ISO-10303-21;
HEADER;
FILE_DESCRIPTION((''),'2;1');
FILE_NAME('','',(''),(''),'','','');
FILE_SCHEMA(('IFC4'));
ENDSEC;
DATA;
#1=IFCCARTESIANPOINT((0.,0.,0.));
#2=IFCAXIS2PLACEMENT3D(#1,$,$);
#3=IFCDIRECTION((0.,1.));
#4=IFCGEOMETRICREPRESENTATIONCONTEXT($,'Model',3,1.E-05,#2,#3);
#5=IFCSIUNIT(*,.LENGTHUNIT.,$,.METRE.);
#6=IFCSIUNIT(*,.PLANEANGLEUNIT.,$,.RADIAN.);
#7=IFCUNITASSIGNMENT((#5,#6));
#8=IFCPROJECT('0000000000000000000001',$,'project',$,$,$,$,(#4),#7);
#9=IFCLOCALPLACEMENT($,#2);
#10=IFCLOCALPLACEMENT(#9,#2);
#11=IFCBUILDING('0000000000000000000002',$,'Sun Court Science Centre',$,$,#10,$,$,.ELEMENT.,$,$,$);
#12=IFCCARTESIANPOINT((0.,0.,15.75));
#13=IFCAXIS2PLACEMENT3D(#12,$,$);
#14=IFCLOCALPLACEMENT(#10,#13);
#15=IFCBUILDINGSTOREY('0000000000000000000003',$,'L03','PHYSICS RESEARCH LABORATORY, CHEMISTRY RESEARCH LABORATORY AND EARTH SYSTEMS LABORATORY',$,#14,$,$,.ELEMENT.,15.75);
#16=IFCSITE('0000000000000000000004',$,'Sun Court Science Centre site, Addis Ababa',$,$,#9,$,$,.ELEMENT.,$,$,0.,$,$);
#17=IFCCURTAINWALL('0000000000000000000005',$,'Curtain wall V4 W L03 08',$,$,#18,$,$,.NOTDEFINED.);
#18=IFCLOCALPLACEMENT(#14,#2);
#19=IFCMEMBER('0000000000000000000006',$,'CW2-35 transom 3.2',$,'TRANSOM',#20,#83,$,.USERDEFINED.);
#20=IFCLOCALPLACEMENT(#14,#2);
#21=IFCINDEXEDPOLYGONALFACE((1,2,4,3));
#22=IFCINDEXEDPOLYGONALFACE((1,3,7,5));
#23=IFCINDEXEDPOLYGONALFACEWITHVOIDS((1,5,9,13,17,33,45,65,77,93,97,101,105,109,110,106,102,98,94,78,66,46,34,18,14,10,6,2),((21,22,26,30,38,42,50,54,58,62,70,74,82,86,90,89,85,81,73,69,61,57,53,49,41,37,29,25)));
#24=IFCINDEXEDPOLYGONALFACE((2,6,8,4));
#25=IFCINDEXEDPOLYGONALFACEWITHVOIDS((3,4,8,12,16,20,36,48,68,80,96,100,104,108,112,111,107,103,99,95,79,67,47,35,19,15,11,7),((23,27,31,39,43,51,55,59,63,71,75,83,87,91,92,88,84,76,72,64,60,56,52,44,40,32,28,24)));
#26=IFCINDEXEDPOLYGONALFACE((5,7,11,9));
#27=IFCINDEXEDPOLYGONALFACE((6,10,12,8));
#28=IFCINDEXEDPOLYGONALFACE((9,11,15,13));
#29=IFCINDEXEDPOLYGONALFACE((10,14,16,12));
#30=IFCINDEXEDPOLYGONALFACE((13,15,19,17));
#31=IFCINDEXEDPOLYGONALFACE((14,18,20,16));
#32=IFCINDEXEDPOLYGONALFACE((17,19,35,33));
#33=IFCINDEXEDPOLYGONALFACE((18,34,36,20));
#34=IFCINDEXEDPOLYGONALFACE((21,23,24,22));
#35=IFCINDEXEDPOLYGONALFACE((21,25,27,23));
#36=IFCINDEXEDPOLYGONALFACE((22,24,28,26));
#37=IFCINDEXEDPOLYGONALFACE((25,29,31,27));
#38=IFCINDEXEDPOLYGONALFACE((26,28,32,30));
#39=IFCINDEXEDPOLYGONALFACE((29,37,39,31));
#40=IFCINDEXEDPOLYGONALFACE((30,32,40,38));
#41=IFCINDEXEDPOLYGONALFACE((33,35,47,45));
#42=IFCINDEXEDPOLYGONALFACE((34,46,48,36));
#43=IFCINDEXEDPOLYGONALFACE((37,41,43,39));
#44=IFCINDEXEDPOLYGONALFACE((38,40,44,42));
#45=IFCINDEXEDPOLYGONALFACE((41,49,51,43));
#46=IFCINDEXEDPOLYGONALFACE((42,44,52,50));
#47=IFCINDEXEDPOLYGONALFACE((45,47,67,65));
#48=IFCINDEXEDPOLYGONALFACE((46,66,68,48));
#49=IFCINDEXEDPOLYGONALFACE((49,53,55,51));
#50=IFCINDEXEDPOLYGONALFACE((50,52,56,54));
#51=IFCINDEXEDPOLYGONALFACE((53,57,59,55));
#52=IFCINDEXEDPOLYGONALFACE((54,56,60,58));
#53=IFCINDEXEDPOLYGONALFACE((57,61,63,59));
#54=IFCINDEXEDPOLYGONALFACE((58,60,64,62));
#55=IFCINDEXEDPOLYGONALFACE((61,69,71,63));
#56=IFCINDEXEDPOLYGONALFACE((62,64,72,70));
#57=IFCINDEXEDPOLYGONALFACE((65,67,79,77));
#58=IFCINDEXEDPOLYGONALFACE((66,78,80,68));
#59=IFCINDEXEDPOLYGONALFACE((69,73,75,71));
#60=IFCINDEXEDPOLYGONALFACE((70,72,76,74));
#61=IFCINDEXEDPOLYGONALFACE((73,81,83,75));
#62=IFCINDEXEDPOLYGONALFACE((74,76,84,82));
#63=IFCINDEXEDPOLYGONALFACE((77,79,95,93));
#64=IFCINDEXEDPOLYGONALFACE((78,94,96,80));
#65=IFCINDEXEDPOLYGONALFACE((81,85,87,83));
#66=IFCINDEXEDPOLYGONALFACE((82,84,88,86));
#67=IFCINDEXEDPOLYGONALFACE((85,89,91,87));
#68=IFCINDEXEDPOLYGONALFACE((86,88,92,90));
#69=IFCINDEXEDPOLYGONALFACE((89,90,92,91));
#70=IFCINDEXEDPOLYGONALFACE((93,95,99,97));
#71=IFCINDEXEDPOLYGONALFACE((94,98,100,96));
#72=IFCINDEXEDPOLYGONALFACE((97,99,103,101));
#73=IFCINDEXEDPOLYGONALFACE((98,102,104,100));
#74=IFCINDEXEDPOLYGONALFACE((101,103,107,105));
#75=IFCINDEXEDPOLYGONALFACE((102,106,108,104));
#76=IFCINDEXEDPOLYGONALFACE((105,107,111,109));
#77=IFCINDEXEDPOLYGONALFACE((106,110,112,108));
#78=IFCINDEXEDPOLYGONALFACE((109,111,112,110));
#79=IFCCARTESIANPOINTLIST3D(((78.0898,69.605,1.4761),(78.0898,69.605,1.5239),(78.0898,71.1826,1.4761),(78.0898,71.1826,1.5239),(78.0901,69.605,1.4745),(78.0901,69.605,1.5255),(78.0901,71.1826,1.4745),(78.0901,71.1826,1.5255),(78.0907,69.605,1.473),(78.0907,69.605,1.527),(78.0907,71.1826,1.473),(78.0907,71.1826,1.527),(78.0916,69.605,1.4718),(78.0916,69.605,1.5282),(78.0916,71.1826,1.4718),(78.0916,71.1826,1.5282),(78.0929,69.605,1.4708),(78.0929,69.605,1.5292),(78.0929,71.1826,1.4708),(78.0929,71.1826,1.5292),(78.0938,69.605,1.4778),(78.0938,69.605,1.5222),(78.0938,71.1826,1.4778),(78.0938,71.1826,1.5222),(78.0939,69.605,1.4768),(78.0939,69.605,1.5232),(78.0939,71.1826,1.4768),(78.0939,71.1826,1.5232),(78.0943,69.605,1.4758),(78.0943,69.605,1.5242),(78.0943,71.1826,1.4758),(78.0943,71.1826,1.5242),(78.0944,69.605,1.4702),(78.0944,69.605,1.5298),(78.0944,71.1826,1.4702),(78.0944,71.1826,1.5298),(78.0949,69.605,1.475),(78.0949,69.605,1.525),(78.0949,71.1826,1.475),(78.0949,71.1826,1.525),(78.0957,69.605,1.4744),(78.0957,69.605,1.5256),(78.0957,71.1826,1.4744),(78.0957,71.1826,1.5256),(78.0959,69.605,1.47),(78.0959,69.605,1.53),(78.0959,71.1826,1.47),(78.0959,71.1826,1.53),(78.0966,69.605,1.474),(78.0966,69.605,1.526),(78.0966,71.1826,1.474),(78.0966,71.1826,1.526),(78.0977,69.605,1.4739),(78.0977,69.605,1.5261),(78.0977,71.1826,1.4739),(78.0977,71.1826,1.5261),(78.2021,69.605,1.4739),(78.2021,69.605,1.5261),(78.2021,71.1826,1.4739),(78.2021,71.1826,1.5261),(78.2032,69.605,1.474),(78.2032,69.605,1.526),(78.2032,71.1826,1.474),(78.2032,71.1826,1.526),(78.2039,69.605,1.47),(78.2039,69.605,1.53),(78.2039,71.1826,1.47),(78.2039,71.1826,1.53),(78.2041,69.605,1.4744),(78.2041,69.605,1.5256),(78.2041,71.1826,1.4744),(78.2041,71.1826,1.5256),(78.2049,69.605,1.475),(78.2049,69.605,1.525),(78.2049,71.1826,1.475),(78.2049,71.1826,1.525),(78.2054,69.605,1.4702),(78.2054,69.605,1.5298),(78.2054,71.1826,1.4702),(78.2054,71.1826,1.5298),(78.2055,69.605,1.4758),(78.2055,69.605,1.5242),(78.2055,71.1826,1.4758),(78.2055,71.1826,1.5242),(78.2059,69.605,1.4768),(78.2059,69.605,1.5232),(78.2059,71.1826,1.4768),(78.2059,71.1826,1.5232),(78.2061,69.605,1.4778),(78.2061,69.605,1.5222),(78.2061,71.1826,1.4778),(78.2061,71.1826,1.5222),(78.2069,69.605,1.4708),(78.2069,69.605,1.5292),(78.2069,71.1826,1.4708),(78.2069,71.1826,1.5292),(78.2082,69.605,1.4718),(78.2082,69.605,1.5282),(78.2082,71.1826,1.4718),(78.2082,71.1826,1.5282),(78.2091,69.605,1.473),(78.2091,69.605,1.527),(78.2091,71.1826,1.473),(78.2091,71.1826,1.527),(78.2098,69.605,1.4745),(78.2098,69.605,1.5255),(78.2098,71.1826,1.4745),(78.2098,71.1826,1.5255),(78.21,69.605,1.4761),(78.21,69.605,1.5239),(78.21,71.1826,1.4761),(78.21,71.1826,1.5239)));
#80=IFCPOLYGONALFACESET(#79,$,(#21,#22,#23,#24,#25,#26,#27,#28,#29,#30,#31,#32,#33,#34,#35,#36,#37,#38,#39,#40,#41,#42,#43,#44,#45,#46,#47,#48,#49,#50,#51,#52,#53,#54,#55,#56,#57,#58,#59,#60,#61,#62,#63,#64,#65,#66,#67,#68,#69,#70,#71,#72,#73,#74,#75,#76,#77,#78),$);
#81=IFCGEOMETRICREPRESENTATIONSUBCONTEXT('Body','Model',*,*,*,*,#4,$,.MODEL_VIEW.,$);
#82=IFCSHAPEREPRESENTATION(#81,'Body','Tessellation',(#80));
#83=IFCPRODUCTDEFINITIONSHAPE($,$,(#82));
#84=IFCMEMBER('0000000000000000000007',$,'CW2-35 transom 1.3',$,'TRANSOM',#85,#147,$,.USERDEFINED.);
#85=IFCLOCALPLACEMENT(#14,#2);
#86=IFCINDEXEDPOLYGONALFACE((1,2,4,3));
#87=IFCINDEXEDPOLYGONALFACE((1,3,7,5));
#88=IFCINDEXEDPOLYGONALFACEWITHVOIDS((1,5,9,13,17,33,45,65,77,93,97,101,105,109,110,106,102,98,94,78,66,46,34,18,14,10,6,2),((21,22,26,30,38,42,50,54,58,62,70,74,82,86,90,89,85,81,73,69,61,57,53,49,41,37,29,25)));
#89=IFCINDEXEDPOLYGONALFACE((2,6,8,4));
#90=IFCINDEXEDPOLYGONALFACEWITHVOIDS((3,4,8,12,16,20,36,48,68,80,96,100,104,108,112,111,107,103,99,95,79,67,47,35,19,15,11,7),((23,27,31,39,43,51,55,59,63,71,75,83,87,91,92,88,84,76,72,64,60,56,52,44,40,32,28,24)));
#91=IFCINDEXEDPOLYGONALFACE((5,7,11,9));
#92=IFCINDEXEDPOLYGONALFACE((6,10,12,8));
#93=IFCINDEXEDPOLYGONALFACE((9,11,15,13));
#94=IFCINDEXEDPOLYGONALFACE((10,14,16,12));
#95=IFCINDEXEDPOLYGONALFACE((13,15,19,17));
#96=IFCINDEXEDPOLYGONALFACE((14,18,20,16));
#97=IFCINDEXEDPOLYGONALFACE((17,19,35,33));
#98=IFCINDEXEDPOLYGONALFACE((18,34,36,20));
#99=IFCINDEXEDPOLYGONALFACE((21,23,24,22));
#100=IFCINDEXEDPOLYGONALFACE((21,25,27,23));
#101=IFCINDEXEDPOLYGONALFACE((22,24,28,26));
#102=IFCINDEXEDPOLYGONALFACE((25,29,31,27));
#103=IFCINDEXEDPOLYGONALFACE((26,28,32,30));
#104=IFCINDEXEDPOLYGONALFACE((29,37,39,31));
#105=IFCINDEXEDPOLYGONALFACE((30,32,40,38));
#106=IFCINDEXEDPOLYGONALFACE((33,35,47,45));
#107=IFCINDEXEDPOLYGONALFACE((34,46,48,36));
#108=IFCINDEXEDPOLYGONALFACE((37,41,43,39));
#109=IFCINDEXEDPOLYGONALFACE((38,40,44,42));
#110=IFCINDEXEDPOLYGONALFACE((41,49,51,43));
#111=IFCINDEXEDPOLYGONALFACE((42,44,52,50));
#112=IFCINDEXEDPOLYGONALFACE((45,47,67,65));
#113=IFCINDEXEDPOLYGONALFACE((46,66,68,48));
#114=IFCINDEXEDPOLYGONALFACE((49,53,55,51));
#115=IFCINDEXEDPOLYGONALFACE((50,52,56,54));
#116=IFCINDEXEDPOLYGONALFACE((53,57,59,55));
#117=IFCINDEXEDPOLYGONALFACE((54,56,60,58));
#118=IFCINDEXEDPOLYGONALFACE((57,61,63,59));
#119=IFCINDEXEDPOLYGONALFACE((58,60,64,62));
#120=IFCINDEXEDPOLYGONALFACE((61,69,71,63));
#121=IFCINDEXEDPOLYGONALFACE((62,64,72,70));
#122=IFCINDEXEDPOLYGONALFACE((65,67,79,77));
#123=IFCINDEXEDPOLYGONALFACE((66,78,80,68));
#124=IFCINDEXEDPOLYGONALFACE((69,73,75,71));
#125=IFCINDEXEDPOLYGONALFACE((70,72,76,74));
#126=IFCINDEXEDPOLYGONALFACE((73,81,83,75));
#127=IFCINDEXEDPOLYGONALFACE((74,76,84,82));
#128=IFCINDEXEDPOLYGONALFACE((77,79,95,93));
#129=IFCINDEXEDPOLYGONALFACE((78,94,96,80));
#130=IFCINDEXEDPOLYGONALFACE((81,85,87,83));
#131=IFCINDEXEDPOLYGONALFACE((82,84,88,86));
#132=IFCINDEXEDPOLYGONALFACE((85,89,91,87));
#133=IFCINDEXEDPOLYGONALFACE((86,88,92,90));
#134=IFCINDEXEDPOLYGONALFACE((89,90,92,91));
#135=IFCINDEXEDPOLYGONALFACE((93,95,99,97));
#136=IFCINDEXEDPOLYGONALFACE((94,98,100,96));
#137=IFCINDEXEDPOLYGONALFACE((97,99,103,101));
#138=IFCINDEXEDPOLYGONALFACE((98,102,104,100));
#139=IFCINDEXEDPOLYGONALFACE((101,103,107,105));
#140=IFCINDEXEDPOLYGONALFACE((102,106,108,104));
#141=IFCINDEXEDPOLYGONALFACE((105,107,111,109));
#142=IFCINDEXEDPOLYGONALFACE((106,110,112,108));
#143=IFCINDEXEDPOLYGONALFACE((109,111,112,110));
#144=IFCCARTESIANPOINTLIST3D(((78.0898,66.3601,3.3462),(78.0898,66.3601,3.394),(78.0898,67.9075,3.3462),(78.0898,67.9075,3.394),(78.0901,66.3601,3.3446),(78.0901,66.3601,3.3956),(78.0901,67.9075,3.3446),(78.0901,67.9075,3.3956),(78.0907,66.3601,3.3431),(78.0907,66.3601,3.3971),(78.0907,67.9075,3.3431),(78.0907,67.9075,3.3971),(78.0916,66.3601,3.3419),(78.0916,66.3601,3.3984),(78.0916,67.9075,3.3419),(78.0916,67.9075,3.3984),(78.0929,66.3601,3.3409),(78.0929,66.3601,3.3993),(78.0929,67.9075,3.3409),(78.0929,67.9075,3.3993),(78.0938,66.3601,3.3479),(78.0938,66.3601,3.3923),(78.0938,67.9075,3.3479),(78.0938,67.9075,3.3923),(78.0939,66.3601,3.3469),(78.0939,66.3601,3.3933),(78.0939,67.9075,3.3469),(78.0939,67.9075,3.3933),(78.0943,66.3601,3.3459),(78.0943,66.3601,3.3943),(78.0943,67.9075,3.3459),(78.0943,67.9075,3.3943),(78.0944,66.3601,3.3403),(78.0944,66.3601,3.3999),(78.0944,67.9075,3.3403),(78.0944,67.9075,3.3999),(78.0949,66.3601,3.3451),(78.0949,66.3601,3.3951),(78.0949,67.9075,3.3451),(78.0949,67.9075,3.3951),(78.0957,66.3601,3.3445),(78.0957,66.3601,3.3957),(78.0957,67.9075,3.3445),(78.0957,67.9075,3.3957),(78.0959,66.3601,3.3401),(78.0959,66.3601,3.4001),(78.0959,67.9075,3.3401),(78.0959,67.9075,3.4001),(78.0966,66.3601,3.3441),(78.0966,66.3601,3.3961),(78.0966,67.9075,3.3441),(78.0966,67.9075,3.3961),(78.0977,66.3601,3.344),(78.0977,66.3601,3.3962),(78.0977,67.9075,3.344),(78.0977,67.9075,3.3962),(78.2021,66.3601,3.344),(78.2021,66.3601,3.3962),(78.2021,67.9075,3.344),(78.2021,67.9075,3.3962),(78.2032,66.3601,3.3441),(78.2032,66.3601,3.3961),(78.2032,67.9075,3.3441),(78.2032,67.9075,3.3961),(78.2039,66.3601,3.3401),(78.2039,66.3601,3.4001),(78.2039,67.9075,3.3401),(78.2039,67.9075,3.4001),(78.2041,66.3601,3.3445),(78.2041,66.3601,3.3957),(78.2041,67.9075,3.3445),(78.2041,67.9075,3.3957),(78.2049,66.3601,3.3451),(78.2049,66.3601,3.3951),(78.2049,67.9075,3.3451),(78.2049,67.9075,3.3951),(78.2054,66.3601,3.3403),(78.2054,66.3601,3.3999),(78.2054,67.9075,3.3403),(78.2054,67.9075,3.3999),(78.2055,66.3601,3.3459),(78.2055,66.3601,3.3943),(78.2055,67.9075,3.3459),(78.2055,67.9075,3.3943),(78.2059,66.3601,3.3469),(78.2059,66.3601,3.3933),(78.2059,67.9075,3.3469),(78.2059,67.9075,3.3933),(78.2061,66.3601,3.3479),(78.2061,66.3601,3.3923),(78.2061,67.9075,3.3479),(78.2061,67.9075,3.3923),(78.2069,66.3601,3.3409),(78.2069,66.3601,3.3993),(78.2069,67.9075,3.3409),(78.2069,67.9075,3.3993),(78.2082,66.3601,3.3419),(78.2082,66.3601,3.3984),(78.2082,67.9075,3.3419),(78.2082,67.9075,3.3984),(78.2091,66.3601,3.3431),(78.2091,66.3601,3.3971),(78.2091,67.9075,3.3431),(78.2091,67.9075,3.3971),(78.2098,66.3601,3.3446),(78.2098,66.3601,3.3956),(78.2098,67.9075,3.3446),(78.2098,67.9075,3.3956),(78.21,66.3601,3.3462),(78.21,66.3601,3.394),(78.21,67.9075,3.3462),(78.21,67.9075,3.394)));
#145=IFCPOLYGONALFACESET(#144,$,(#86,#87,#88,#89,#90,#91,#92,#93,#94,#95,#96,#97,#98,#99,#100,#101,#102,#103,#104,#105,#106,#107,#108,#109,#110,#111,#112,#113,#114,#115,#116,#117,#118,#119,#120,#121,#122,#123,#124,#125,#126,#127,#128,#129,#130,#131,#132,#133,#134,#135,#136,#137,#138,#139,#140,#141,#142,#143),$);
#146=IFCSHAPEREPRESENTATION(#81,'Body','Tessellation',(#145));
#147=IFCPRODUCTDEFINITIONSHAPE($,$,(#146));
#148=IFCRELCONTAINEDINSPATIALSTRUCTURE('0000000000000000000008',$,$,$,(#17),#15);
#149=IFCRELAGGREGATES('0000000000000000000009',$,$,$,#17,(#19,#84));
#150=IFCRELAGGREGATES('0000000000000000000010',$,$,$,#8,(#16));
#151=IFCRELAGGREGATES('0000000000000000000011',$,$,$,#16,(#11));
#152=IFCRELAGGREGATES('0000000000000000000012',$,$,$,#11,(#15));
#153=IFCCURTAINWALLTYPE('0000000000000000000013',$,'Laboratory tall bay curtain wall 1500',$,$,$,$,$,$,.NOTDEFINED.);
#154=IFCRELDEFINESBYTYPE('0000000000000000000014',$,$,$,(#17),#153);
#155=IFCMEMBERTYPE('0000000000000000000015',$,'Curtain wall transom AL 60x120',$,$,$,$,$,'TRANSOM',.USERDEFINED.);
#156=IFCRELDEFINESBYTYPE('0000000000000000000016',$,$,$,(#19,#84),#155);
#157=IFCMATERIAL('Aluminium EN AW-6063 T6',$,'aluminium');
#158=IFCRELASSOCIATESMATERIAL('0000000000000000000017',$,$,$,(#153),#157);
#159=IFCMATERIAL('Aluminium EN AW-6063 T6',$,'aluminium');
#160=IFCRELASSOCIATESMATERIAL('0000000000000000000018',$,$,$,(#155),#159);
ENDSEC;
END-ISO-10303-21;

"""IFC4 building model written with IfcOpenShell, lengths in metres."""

from ifc_helpers import new_model, si_unit, direction, frame, origin, origin_2d, place, context, subcontext, project, spatial, hollow_rectangle, extrude, material, material_profile, profile_set, type_object, element, aggregate, save


model = new_model("IFC4")

# Units and contexts
model_context = context("Model", 3, precision=1e-05, world=origin(), true_north=direction((0.0, 1.0)))
body_context = subcontext(model_context, "Body", "Model", "MODEL_VIEW")
ifc_project = project(units=[si_unit("LENGTHUNIT", "METRE"), si_unit("PLANEANGLEUNIT", "RADIAN")], contexts=[model_context])

# Site, building, storey
site_placement = place(None, origin())
site = spatial("IfcSite", under=ifc_project, at=site_placement, Name="Sun Court Science Centre site, Addis Ababa", CompositionType="ELEMENT", RefElevation=0.0)
building_placement = place(site_placement, origin())
building = spatial("IfcBuilding", under=site, at=building_placement, Name="Sun Court Science Centre", CompositionType="ELEMENT")
storey_placement = place(building_placement, frame((0.0, 0.0, 15.75)))
storey = spatial("IfcBuildingStorey", under=building, at=storey_placement, Name="L03", Description="PHYSICS RESEARCH LABORATORY, CHEMISTRY RESEARCH LABORATORY AND EARTH SYSTEMS LABORATORY", CompositionType="ELEMENT", Elevation=15.75)

# Curtain wall
ifc_material_1 = material(Name="Aluminium EN AW-6063 T6", Category="aluminium")
curtain_wall_type = type_object("IfcCurtainWallType", Name="Laboratory tall bay curtain wall 1500", PredefinedType="NOTDEFINED", material=ifc_material_1)
curtain_wall_1_placement = place(storey_placement, origin())
curtain_wall_1 = element("IfcCurtainWall", 1, at=curtain_wall_1_placement, inside=storey, type_object=curtain_wall_type, Name="Curtain wall V4 W L03 08", PredefinedType="NOTDEFINED")

# Members
ifc_material_2 = material(Name="Aluminium EN AW-6063 T6", Category="aluminium")
ifc_material_profile_1 = material_profile(ifc_material_2, hollow_rectangle(XDim=0.0601, YDim=0.1201, WallThickness=0.0039, InnerFilletRadius=0.0039, OuterFilletRadius=0.0061, at=origin_2d()), Name="AL 60x120x4")
ifc_profile_set_1 = profile_set([ifc_material_profile_1], Name="Aluminium EN AW-6063 T6")
member_type_1 = type_object("IfcMemberType", Name="Curtain wall transom AL 60x120", ElementType="TRANSOM", PredefinedType="USERDEFINED", material=ifc_profile_set_1)
member_1_placement = place(storey_placement, frame((78.1499, 69.605, 1.5), z_axis=(0.0, 1.0, 0.0), x_axis=(0.0, 0.0, 1.0)))
member_1 = element("IfcMember", 2, at=member_1_placement, type_object=member_type_1, Name="CW2-35 transom 3.2", ObjectType="TRANSOM", PredefinedType="USERDEFINED", context=body_context, shape_type="SweptSolid", body=[
    extrude(hollow_rectangle(XDim=0.0601, YDim=0.1201, WallThickness=0.0039, InnerFilletRadius=0.0039, OuterFilletRadius=0.0061, at=origin_2d()), origin(), (0.0, 0.0, 1.0), 1.5776),
])
member_2_placement = place(storey_placement, frame((78.1499, 66.3601, 3.3701), z_axis=(0.0, 1.0, 0.0), x_axis=(0.0, 0.0, 1.0)))
member_2 = element("IfcMember", 3, at=member_2_placement, type_object=member_type_1, Name="CW2-35 transom 1.3", ObjectType="TRANSOM", PredefinedType="USERDEFINED", context=body_context, shape_type="SweptSolid", body=[
    extrude(hollow_rectangle(XDim=0.0601, YDim=0.1201, WallThickness=0.0039, InnerFilletRadius=0.0039, OuterFilletRadius=0.0061, at=origin_2d()), origin(), (0.0, 0.0, 1.0), 1.5474),
])

aggregate(curtain_wall_1, [member_1, member_2])

save(model, "model.ifc")
